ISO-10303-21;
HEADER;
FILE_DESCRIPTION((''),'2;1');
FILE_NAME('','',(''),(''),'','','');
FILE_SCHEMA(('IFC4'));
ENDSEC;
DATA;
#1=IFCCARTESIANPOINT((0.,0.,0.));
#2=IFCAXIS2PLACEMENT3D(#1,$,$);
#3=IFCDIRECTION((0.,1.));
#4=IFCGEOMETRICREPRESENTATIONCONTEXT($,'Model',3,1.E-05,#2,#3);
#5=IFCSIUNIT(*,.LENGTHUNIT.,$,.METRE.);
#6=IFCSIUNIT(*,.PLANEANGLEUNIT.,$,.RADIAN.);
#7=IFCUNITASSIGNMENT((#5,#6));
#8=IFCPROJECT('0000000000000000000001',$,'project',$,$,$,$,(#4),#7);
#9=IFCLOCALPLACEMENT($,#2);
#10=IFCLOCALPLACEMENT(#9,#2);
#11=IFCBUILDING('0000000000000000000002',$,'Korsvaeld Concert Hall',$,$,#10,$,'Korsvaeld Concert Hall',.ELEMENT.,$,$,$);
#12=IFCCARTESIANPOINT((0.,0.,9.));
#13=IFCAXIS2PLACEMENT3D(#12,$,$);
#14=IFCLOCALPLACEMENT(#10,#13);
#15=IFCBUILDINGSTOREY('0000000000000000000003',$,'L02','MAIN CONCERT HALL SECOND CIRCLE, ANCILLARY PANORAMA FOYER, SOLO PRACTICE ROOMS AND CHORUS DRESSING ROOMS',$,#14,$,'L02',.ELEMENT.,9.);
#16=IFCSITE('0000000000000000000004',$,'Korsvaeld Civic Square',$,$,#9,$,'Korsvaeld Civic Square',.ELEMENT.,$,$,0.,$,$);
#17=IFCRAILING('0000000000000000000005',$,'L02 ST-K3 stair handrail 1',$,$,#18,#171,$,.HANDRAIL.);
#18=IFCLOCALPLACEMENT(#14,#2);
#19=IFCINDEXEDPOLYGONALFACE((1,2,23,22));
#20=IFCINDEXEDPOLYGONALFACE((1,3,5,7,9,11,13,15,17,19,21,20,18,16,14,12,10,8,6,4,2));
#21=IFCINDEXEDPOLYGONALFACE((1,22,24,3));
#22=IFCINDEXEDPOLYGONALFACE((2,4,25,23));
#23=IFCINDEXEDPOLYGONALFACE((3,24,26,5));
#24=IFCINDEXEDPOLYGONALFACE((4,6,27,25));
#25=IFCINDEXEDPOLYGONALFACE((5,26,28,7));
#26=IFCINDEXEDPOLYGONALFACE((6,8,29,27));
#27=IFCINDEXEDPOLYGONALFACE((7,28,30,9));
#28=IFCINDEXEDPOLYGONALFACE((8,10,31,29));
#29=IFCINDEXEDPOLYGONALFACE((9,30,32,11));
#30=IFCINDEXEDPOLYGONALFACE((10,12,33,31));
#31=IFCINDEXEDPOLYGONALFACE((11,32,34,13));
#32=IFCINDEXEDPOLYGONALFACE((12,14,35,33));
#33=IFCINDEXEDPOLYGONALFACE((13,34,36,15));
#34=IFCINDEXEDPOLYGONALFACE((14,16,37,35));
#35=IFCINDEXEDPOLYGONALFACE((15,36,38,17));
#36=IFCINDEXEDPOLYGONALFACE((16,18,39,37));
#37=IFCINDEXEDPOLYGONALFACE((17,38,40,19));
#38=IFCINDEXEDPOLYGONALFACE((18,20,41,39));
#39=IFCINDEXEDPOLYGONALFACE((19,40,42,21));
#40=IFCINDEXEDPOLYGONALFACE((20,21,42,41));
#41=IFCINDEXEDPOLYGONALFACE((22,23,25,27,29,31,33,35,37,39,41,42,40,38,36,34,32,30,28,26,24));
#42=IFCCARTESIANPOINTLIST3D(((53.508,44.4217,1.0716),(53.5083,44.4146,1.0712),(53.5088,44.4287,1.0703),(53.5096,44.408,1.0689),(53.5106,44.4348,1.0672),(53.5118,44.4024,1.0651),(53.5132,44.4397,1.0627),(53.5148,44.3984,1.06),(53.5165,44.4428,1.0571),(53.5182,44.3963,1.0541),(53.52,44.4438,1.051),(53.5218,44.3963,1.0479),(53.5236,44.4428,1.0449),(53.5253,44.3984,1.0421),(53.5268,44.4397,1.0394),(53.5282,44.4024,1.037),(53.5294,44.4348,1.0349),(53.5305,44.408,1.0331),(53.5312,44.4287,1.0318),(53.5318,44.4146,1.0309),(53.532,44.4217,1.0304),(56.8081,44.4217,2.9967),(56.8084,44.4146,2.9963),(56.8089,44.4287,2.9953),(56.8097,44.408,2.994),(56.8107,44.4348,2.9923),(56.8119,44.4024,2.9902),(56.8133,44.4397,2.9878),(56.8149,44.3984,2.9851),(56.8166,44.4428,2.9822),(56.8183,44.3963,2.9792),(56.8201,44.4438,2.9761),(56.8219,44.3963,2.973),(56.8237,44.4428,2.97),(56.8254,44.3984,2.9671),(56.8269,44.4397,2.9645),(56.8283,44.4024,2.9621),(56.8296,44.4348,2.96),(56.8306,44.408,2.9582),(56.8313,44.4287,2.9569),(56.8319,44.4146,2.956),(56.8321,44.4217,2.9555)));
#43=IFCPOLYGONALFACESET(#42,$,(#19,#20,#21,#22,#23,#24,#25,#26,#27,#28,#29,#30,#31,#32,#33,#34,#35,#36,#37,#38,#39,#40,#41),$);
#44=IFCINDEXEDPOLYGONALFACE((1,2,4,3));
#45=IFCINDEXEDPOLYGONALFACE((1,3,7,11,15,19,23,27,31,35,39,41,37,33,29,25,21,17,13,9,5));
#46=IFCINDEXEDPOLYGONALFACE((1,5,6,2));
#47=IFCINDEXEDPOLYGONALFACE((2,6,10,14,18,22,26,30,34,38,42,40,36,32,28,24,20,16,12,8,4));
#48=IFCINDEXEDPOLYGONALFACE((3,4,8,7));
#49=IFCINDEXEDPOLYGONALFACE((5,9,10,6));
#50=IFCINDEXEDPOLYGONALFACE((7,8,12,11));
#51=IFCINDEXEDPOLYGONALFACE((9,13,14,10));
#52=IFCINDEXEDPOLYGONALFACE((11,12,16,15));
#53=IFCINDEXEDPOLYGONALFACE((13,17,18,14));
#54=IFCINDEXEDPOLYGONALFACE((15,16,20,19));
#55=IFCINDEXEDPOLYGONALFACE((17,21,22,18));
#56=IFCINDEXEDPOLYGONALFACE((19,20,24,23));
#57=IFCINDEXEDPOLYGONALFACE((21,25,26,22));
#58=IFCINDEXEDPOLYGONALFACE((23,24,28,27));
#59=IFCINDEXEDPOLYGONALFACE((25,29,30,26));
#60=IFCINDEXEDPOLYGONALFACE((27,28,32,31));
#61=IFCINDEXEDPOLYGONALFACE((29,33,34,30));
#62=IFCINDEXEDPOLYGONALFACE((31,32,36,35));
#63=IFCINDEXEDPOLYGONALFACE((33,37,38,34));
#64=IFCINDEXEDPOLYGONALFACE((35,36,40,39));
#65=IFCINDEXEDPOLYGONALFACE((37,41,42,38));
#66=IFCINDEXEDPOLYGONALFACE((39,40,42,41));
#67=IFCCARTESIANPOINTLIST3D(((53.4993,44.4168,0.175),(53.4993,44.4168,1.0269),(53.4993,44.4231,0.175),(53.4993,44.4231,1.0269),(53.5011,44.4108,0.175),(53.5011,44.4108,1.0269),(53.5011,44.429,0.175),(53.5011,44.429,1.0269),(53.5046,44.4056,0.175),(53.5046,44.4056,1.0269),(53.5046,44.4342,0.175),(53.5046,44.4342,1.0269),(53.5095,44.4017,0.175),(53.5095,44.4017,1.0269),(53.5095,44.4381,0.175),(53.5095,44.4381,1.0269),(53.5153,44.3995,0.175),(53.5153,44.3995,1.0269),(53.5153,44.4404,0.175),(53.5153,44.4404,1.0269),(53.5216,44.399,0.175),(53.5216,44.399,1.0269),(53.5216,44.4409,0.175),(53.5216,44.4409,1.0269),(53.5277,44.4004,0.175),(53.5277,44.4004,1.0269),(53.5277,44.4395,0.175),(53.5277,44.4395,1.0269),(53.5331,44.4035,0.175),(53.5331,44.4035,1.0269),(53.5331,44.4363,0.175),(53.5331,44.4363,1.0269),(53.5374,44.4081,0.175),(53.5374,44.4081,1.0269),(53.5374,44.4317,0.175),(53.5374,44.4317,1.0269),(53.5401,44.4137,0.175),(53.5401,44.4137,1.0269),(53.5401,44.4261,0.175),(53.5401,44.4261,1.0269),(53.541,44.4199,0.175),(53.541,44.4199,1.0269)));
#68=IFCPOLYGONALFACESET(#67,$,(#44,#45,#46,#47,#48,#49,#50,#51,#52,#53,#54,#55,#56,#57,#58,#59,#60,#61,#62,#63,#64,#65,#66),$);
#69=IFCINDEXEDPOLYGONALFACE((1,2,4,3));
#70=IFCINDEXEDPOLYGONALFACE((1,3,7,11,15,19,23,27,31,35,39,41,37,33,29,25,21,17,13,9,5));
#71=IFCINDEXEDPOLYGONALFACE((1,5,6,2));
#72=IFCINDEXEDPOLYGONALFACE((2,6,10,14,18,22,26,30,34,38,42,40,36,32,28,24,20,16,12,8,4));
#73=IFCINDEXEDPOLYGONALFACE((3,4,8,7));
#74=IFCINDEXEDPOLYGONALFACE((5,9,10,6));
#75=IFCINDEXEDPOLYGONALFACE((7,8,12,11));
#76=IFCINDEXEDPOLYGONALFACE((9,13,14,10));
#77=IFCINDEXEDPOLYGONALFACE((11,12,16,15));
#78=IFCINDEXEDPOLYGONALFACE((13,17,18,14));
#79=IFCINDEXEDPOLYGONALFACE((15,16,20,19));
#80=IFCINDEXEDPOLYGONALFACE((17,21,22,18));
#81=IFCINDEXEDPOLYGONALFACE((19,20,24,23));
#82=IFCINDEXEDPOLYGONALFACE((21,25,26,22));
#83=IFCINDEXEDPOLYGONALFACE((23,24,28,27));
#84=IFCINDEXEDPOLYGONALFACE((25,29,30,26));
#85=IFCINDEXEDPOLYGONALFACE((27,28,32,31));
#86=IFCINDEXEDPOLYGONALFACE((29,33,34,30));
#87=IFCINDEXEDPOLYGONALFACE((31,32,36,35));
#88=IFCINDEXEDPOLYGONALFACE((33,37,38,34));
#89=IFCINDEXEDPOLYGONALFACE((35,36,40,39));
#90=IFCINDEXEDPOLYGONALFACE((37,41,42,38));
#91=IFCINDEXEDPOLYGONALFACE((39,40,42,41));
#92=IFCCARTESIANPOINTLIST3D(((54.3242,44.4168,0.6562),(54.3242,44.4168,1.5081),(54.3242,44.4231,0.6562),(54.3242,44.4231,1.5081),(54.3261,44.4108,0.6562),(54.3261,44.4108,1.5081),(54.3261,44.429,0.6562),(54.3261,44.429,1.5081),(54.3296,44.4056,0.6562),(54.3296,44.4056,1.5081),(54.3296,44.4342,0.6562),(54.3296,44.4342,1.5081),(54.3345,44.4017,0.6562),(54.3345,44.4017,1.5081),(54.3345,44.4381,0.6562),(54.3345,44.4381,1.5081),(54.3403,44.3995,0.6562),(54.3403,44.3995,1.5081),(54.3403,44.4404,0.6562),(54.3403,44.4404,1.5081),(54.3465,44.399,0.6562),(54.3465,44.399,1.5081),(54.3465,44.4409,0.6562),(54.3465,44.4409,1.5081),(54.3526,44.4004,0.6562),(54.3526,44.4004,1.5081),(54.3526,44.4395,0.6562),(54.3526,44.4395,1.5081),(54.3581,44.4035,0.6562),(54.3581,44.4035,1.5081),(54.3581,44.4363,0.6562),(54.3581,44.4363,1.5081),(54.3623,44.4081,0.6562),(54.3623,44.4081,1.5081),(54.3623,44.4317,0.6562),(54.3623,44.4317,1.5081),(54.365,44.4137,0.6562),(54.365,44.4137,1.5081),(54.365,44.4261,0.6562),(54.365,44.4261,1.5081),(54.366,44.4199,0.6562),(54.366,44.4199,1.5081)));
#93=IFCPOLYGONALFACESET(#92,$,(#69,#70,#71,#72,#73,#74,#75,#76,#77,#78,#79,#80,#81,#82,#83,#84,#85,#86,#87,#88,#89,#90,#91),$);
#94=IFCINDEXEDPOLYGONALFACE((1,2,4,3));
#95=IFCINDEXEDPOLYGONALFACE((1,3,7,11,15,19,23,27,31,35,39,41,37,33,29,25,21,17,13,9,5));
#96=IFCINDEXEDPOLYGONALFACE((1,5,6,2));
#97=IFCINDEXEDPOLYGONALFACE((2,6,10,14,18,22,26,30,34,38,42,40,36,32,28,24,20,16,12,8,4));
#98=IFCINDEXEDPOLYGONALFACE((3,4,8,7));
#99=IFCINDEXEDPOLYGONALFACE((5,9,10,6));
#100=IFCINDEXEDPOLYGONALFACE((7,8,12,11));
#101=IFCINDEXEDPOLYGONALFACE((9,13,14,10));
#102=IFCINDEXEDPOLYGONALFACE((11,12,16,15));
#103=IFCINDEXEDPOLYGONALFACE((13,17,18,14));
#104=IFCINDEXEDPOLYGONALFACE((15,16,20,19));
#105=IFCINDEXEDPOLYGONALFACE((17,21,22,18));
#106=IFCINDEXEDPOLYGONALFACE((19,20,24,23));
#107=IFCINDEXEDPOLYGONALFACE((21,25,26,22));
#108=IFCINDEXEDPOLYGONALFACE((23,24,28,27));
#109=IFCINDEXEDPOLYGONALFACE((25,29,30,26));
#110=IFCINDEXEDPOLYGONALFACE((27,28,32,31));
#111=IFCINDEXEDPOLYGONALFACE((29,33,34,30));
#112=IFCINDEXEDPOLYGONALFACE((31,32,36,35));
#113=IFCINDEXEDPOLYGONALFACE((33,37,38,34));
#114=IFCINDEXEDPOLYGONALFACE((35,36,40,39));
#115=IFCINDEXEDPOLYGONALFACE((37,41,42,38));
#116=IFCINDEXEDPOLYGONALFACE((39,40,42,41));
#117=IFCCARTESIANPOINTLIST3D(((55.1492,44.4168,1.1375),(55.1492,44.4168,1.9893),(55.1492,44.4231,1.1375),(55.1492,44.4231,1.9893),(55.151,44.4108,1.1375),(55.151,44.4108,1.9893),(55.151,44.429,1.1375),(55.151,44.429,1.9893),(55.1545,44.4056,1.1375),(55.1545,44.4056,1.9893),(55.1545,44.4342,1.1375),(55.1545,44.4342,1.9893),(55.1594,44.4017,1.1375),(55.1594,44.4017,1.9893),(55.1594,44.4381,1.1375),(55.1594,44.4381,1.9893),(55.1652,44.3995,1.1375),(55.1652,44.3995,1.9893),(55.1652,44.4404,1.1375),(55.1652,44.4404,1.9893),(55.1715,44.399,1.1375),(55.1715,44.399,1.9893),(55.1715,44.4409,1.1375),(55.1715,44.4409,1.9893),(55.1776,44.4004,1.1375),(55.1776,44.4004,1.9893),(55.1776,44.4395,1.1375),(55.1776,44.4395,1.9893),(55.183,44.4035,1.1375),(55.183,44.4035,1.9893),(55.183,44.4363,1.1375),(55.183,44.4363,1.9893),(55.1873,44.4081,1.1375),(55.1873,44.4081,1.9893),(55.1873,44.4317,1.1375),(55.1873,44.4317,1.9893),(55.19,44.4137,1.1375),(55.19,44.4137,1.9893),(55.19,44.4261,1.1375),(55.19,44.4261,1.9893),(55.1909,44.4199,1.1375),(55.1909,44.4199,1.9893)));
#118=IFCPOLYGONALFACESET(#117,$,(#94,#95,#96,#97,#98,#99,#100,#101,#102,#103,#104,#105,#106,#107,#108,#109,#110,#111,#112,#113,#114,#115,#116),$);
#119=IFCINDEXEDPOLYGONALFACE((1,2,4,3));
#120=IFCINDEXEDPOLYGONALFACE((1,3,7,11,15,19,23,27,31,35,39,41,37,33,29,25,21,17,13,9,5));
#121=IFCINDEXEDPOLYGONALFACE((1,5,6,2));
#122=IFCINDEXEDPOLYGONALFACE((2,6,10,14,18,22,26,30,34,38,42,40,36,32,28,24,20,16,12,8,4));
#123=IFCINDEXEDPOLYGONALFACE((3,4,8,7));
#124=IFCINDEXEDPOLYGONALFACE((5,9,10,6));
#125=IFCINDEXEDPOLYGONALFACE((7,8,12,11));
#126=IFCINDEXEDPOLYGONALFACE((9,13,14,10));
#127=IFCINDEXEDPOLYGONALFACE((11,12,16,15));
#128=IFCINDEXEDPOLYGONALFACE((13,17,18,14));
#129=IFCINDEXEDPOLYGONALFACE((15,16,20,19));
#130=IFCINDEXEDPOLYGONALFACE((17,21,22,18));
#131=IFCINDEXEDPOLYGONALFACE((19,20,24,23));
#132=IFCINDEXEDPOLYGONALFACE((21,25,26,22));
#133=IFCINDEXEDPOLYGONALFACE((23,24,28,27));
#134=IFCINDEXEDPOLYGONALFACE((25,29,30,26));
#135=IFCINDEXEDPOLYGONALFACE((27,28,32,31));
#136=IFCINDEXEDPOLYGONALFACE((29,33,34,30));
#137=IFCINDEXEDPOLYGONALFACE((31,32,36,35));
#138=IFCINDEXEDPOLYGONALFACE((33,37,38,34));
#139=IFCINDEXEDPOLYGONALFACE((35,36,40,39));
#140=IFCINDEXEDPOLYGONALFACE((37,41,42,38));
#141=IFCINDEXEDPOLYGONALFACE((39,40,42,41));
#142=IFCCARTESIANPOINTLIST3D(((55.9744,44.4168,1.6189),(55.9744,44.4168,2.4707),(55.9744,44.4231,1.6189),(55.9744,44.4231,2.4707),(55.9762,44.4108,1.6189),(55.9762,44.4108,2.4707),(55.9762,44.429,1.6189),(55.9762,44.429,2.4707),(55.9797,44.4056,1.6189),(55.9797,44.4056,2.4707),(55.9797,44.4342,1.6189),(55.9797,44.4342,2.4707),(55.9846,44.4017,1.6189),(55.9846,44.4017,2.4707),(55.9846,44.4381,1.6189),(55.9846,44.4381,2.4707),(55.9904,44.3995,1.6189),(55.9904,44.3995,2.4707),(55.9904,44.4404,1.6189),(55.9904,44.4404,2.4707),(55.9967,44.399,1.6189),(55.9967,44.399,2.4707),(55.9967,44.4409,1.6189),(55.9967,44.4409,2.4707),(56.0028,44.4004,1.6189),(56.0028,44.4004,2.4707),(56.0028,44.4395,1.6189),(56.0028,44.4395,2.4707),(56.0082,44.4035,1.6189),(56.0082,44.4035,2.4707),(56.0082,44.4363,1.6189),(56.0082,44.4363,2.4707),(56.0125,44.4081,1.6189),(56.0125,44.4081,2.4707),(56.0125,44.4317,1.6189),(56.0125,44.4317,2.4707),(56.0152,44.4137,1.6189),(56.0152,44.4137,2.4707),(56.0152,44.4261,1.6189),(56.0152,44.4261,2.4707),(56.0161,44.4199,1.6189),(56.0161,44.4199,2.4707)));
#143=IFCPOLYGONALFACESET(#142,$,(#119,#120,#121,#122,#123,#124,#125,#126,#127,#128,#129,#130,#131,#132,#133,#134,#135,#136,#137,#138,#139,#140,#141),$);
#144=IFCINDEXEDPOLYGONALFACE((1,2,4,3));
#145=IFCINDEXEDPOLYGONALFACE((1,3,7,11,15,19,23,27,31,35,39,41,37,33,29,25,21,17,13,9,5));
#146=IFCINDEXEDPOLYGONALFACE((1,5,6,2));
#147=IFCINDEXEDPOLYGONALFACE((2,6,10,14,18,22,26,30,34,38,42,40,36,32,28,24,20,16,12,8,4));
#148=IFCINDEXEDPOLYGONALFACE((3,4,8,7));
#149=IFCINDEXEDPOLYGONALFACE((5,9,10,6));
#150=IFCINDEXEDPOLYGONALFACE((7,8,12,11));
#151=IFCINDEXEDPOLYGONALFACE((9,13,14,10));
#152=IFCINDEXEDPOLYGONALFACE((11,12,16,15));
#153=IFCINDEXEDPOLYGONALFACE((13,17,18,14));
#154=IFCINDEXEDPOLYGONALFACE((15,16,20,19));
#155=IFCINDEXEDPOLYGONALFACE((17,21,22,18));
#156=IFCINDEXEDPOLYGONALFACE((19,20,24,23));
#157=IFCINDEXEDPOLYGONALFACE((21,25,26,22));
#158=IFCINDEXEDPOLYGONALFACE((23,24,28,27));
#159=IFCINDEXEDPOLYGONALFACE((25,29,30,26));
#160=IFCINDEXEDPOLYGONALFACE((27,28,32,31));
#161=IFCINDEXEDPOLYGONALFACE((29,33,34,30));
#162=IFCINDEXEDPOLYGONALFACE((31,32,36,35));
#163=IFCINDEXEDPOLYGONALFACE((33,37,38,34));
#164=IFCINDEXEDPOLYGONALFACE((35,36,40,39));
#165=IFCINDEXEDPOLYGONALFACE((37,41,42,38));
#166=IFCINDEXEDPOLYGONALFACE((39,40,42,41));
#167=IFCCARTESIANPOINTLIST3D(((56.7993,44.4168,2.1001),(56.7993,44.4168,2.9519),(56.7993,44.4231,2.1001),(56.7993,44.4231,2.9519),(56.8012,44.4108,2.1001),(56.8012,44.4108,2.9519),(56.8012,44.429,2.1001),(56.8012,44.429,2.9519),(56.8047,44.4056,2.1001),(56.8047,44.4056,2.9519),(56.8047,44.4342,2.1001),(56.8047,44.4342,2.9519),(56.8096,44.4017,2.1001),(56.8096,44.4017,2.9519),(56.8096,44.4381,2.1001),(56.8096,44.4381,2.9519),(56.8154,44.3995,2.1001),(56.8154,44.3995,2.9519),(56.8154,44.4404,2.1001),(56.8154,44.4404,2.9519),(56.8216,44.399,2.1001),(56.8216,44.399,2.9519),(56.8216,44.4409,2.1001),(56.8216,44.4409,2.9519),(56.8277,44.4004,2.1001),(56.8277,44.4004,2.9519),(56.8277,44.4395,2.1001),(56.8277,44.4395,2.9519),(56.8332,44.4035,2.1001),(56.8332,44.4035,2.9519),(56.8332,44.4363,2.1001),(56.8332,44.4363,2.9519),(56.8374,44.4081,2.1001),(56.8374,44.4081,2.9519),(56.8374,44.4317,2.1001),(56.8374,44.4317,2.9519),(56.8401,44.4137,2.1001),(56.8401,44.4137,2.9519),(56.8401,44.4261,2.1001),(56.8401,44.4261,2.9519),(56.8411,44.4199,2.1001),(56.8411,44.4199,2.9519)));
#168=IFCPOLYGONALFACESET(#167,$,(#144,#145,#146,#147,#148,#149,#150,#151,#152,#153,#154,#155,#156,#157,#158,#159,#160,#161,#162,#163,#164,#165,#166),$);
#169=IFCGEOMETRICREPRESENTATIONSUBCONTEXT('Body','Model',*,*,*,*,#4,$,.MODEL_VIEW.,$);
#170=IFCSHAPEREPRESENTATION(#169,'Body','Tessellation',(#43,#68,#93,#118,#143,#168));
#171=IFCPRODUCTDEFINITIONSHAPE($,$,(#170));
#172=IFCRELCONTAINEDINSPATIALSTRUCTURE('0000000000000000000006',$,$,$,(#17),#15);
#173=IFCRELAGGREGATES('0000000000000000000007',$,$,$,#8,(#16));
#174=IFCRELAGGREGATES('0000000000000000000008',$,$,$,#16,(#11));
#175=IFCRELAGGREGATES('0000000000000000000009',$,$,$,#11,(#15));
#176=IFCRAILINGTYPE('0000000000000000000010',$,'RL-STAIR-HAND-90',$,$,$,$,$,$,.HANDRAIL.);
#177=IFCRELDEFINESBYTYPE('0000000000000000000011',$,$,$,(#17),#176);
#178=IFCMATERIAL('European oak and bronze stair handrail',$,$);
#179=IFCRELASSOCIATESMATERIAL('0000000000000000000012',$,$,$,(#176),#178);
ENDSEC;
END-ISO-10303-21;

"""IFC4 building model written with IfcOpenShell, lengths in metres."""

from ifc_helpers import new_model, si_unit, direction, frame, origin, origin_2d, place, context, subcontext, project, spatial, circle, extrude, material, type_object, element, save


model = new_model("IFC4")

# Units and contexts
model_context = context("Model", 3, precision=1e-05, world=origin(), true_north=direction((0.0, 1.0)))
body_context = subcontext(model_context, "Body", "Model", "MODEL_VIEW")
ifc_project = project(units=[si_unit("LENGTHUNIT", "METRE"), si_unit("PLANEANGLEUNIT", "RADIAN")], contexts=[model_context])

# Site, building, storey
site_placement = place(None, origin())
site = spatial("IfcSite", under=ifc_project, at=site_placement, Name="Korsvaeld Civic Square", LongName="Korsvaeld Civic Square", CompositionType="ELEMENT", RefElevation=0.0)
building_placement = place(site_placement, origin())
building = spatial("IfcBuilding", under=site, at=building_placement, Name="Korsvaeld Concert Hall", LongName="Korsvaeld Concert Hall", CompositionType="ELEMENT")
storey_placement = place(building_placement, frame((0.0, 0.0, 9.0)))
storey = spatial("IfcBuildingStorey", under=building, at=storey_placement, Name="L02", Description="MAIN CONCERT HALL SECOND CIRCLE, ANCILLARY PANORAMA FOYER, SOLO PRACTICE ROOMS AND CHORUS DRESSING ROOMS", LongName="L02", CompositionType="ELEMENT", Elevation=9.0)

# Railing
ifc_material_1 = material(Name="European oak and bronze stair handrail")
railing_type_1 = type_object("IfcRailingType", Name="RL-STAIR-HAND-90", PredefinedType="HANDRAIL", material=ifc_material_1)
railing_1_placement = place(storey_placement, frame((53.52, 44.4199, 0.175)))
element("IfcRailing", 1, at=railing_1_placement, inside=storey, type_object=railing_type_1, Name="L02 ST-K3 stair handrail 1", PredefinedType="HANDRAIL", context=body_context, shape_type="SweptSolid", body=[
    extrude(circle(Radius=0.0239, at=origin_2d()), frame((0.0, 0.0, 0.876), z_axis=(0.863777, 0.0, 0.503875), x_axis=(0.0, 1.0, 0.0)), (0.0, 0.0, 1.0), 3.8206),
    extrude(circle(Radius=0.021, at=origin_2d()), origin(), (0.0, 0.0, 1.0), 0.8518),
    extrude(circle(Radius=0.021, at=origin_2d()), frame((0.825, 0.0, 0.4812)), (0.0, 0.0, 1.0), 0.8518),
    extrude(circle(Radius=0.021, at=origin_2d()), frame((1.6499, 0.0, 0.9624)), (0.0, 0.0, 1.0), 0.8518),
    extrude(circle(Radius=0.021, at=origin_2d()), frame((2.4751, 0.0, 1.4438)), (0.0, 0.0, 1.0), 0.8518),
    extrude(circle(Radius=0.021, at=origin_2d()), frame((3.3, 0.0, 1.925)), (0.0, 0.0, 1.0), 0.8518),
])

save(model, "model.ifc")
